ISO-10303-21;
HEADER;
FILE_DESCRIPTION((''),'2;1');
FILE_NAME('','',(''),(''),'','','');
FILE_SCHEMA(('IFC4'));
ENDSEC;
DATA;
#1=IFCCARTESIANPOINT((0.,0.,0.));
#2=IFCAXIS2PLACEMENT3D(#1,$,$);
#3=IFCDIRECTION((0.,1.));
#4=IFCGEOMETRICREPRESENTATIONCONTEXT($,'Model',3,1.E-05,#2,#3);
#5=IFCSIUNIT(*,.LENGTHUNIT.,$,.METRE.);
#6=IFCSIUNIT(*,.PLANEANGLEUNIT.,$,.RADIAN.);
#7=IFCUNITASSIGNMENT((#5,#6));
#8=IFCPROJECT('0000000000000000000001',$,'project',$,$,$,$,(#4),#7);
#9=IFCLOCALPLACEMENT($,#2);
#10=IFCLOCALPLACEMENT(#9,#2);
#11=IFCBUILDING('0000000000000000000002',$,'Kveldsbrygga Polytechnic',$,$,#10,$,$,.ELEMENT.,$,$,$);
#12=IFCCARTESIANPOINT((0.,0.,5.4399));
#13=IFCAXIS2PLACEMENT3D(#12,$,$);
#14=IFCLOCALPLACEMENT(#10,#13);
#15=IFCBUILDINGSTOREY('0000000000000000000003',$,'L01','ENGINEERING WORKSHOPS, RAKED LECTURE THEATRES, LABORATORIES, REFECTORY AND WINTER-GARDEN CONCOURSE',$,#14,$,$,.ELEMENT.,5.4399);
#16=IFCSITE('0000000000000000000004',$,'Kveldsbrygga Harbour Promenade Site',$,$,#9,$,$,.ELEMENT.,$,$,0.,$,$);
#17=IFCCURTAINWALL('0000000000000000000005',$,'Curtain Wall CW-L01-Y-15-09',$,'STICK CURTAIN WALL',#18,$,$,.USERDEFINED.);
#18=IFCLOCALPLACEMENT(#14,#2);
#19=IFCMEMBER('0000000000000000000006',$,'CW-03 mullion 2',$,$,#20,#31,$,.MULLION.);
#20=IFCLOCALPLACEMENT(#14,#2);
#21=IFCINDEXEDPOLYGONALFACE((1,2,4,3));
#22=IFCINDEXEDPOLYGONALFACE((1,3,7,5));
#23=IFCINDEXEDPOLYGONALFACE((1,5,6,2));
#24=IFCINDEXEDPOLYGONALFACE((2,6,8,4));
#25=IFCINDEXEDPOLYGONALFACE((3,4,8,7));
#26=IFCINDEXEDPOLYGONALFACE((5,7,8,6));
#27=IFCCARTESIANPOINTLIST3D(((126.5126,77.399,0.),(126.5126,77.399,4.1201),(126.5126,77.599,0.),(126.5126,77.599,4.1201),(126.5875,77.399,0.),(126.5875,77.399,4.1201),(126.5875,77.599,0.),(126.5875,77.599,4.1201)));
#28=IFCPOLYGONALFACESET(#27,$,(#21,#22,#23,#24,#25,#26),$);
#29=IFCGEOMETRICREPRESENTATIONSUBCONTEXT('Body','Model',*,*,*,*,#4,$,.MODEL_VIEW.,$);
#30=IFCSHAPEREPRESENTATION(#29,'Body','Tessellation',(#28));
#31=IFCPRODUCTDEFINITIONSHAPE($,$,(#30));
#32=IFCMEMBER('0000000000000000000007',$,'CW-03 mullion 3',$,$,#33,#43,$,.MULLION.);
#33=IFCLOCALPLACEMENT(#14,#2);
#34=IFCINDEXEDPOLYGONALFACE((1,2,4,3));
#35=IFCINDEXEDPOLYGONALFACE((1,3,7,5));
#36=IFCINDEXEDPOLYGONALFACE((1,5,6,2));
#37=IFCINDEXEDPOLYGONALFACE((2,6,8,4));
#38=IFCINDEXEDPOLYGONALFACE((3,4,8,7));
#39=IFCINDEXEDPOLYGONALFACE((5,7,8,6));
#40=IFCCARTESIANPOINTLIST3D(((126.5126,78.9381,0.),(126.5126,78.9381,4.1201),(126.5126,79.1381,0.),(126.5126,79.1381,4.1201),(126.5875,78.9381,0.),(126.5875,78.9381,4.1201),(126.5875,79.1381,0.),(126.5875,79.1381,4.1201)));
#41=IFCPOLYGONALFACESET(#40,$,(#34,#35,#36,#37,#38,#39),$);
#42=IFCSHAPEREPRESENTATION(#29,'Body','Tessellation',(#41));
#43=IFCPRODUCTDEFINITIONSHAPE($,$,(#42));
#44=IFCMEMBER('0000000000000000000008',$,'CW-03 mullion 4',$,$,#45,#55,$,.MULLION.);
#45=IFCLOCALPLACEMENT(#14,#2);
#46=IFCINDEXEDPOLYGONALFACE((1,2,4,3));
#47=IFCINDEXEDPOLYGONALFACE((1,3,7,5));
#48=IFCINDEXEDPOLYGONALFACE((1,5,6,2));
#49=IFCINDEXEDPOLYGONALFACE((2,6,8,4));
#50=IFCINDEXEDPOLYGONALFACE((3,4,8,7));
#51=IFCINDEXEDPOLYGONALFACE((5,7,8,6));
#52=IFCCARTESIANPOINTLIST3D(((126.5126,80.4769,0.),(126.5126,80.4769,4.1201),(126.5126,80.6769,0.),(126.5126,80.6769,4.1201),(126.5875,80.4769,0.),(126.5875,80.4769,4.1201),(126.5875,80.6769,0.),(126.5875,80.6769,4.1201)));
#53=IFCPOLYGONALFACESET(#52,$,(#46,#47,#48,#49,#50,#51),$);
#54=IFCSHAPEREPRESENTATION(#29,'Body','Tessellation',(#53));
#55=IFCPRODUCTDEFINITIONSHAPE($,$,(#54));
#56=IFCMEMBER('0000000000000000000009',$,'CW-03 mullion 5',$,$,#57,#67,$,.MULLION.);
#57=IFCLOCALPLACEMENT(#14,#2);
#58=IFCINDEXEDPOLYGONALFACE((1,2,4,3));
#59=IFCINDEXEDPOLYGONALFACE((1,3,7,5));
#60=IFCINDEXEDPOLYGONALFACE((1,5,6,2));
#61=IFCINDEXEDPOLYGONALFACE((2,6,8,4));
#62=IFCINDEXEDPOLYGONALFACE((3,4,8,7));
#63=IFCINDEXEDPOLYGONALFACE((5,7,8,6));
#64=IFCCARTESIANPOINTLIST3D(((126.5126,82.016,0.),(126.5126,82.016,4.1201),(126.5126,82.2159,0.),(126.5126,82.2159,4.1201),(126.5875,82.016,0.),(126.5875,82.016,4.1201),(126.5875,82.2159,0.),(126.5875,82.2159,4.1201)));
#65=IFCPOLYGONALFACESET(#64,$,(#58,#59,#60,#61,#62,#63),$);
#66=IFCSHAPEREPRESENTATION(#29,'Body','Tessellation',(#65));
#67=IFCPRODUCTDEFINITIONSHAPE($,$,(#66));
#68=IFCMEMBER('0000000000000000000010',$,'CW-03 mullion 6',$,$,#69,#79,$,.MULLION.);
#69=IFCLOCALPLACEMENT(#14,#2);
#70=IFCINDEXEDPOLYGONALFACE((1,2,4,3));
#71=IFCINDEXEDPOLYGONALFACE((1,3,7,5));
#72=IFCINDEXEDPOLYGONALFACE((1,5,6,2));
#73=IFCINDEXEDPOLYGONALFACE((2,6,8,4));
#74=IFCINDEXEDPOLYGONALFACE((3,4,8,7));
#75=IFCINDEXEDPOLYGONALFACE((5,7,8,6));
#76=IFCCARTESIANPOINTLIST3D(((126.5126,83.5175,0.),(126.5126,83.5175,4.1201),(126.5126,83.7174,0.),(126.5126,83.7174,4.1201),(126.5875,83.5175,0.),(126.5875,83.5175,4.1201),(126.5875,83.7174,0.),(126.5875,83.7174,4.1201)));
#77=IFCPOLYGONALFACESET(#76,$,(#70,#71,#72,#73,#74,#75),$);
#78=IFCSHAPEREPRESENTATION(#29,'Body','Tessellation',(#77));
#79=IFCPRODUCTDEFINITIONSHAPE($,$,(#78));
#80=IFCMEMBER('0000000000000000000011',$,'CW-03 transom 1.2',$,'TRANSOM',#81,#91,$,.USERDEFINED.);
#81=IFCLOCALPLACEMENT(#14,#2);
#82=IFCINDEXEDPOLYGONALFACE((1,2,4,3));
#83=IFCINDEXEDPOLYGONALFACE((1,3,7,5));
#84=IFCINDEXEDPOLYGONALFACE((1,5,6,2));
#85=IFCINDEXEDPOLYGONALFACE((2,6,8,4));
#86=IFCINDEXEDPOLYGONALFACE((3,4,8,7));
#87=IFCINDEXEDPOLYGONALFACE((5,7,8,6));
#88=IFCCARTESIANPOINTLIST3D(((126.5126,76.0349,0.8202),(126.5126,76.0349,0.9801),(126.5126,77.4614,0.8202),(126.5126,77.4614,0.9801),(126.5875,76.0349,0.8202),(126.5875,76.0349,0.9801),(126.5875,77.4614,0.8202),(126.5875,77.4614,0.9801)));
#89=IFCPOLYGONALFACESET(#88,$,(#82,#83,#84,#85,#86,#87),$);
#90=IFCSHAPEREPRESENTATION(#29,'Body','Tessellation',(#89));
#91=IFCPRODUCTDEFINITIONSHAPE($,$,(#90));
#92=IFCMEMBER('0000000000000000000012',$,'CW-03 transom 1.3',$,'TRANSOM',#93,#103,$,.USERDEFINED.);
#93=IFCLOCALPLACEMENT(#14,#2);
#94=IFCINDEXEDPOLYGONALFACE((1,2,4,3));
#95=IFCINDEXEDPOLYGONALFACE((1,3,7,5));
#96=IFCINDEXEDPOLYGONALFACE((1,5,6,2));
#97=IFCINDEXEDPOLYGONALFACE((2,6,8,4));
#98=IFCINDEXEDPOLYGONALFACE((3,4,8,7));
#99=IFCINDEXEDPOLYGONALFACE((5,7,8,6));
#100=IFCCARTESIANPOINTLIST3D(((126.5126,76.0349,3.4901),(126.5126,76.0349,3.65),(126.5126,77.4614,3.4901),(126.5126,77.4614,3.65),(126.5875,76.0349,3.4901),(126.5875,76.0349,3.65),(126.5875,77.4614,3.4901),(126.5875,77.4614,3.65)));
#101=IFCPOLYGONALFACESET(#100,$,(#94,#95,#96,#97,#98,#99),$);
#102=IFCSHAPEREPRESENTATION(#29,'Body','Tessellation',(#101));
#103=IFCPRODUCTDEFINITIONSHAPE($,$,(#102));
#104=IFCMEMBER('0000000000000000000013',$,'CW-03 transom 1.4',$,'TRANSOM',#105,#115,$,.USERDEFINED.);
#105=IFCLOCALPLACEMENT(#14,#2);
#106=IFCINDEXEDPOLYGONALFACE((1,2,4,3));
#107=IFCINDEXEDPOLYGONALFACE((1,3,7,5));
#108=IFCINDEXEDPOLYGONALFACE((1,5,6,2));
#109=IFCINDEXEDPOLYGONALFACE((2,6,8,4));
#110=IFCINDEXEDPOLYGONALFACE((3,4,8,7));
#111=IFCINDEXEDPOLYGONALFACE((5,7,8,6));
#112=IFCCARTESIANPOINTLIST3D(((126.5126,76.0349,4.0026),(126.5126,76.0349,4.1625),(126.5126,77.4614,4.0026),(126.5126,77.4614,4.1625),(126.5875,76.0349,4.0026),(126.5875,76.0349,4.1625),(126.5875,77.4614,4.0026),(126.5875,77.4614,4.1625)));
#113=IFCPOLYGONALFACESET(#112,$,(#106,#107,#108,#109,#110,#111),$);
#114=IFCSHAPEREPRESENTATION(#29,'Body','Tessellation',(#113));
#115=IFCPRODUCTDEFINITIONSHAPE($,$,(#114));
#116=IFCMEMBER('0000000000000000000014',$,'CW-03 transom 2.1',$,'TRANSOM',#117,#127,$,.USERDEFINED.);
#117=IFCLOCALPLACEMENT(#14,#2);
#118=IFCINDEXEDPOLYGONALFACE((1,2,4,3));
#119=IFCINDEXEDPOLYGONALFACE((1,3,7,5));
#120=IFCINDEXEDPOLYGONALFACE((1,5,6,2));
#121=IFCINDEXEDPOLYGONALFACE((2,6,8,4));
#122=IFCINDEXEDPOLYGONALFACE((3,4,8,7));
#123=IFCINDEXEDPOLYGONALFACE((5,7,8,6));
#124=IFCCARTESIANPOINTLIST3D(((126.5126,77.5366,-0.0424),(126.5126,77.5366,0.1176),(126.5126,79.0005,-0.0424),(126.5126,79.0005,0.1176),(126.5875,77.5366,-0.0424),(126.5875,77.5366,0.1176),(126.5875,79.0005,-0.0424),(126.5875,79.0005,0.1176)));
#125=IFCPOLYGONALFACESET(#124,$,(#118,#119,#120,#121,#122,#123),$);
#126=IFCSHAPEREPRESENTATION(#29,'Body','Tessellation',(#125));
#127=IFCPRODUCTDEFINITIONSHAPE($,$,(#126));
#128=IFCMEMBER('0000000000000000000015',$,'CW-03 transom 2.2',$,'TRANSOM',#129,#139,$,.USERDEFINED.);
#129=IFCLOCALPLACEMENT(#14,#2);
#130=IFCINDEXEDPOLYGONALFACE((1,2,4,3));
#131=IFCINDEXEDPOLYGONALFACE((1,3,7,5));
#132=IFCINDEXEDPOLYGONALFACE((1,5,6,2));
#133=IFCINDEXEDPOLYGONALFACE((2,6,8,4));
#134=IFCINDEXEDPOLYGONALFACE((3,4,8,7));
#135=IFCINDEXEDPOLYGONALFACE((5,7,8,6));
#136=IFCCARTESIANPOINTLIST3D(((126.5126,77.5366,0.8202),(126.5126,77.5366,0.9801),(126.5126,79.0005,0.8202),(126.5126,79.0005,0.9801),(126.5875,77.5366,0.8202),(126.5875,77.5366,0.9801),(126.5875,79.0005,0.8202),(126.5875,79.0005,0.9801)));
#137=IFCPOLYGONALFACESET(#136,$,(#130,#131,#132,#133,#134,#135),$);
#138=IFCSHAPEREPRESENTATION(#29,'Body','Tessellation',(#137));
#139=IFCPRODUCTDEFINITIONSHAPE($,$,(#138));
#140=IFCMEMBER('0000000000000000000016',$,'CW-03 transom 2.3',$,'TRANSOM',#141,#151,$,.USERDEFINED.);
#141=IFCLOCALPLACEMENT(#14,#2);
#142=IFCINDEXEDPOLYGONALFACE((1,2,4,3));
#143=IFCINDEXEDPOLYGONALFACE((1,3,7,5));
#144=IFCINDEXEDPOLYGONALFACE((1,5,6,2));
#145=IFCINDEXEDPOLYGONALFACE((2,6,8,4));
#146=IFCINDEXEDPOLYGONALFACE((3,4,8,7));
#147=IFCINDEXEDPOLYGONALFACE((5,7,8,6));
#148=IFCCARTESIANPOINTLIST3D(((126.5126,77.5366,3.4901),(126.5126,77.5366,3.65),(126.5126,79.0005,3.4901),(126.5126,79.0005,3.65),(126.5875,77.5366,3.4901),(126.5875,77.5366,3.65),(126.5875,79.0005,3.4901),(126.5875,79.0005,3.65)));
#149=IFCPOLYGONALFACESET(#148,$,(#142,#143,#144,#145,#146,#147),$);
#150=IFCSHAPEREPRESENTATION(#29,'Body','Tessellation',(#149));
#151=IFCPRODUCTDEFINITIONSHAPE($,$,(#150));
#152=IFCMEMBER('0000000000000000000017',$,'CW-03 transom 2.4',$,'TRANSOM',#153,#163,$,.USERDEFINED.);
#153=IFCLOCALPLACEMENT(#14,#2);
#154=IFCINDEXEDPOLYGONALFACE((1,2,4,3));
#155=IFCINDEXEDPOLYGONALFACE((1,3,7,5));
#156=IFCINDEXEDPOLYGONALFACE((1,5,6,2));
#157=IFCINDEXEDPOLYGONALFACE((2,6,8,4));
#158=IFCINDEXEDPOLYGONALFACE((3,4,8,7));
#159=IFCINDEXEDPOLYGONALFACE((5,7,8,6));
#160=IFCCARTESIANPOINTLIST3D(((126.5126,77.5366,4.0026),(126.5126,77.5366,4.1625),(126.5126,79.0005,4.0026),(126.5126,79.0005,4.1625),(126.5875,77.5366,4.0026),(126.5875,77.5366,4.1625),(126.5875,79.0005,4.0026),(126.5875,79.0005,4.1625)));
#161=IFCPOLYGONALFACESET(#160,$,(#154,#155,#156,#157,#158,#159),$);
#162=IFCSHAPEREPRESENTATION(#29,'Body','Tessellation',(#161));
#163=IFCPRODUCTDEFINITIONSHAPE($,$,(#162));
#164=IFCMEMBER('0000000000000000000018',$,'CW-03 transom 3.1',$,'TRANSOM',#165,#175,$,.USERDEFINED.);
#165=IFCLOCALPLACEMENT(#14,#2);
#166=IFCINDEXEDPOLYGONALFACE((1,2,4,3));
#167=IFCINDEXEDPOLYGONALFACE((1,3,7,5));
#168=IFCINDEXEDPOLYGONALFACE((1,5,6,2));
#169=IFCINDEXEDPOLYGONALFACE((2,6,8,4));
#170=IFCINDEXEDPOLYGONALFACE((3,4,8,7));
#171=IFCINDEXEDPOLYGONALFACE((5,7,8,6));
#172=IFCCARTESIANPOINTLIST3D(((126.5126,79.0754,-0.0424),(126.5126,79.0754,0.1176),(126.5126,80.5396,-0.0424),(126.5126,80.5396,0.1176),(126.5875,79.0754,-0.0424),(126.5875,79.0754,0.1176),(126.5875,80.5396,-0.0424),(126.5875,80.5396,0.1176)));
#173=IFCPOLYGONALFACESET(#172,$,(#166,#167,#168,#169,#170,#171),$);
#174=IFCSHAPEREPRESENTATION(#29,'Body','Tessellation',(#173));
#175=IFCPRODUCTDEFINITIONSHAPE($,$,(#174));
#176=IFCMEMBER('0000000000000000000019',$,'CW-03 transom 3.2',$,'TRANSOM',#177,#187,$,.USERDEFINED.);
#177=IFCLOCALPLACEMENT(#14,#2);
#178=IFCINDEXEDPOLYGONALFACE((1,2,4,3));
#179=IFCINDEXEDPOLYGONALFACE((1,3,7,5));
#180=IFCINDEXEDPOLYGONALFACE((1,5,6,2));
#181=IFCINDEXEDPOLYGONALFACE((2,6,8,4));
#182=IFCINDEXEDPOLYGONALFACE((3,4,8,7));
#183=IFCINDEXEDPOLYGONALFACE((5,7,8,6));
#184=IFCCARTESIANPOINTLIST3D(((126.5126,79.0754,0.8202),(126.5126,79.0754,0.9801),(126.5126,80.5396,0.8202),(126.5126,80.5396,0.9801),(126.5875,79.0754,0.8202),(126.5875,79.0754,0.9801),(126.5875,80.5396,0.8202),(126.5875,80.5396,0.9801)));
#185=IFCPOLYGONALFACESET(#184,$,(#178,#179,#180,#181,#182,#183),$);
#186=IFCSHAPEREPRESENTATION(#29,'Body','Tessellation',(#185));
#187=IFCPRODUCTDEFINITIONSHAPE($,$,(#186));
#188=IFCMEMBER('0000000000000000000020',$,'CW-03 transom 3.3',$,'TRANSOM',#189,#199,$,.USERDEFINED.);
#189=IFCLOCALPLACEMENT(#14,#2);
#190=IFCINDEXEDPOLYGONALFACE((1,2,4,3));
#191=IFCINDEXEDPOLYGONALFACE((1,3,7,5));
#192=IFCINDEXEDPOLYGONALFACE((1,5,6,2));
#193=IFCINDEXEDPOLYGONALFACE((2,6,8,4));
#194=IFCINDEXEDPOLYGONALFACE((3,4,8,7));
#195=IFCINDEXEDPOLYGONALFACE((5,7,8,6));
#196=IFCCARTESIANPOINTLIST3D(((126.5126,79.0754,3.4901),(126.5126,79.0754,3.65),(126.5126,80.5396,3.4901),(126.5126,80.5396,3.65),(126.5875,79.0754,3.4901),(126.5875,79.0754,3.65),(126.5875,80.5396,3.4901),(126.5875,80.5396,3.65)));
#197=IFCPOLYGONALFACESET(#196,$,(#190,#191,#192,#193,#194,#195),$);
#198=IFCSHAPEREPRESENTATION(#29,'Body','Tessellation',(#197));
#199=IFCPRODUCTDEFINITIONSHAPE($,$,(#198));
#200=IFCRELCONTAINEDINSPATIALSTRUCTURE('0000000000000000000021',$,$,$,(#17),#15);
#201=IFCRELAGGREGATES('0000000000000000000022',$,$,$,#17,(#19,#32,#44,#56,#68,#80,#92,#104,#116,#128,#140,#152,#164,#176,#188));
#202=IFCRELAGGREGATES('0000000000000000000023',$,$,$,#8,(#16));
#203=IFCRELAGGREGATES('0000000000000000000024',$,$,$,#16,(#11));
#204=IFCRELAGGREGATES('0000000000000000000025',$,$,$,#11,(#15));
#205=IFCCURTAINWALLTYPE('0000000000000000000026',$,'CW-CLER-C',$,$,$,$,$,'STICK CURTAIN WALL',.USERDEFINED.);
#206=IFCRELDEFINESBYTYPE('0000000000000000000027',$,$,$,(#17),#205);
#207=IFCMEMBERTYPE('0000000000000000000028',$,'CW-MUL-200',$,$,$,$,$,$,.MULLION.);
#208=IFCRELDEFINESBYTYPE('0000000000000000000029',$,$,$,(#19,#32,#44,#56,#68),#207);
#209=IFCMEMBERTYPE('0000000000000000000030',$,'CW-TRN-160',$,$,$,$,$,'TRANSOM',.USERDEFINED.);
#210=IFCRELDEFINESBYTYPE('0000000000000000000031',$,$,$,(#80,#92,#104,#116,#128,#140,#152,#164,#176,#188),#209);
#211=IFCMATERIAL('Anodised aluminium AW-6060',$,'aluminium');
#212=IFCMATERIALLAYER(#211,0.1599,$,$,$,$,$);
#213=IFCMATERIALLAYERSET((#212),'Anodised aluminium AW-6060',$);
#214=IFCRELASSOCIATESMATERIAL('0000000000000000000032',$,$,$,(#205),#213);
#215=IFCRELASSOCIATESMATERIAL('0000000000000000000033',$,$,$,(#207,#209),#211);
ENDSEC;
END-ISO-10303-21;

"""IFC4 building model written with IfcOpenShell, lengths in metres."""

from ifc_helpers import new_model, si_unit, direction, frame, origin, origin_2d, place, context, subcontext, project, spatial, rectangle, extrude, material, layer, layer_set, material_profile, profile_set, type_object, element, aggregate, save


model = new_model("IFC4")

# Units and contexts
model_context = context("Model", 3, precision=1e-05, world=origin(), true_north=direction((0.0, 1.0)))
body_context = subcontext(model_context, "Body", "Model", "MODEL_VIEW")
ifc_project = project(units=[si_unit("LENGTHUNIT", "METRE"), si_unit("PLANEANGLEUNIT", "RADIAN")], contexts=[model_context])

# Site, building, storey
site_placement = place(None, origin())
site = spatial("IfcSite", under=ifc_project, at=site_placement, Name="Kveldsbrygga Harbour Promenade Site", CompositionType="ELEMENT", RefElevation=0.0)
building_placement = place(site_placement, origin())
building = spatial("IfcBuilding", under=site, at=building_placement, Name="Kveldsbrygga Polytechnic", CompositionType="ELEMENT")
storey_placement = place(building_placement, frame((0.0, 0.0, 5.4399)))
storey = spatial("IfcBuildingStorey", under=building, at=storey_placement, Name="L01", Description="ENGINEERING WORKSHOPS, RAKED LECTURE THEATRES, LABORATORIES, REFECTORY AND WINTER-GARDEN CONCOURSE", CompositionType="ELEMENT", Elevation=5.4399)

# Curtain wall, members
ifc_material_1 = material(Name="Anodised aluminium AW-6060", Category="aluminium")
ifc_layer_1 = layer(ifc_material_1, 0.1599)
ifc_layer_set_1 = layer_set([ifc_layer_1], Name="Anodised aluminium AW-6060")
curtain_wall_type = type_object("IfcCurtainWallType", Name="CW-CLER-C", ElementType="STICK CURTAIN WALL", PredefinedType="USERDEFINED", material=ifc_layer_set_1)
curtain_wall_placement = place(storey_placement, origin())
curtain_wall = element("IfcCurtainWall", 1, at=curtain_wall_placement, inside=storey, type_object=curtain_wall_type, Name="Curtain Wall CW-L01-Y-15-09", ObjectType="STICK CURTAIN WALL", PredefinedType="USERDEFINED")
ifc_material_profile_1 = material_profile(ifc_material_1, rectangle(XDim=0.075, YDim=0.2, at=origin_2d()), Name="ALU 75x200")
ifc_profile_set_1 = profile_set([ifc_material_profile_1], Name="Anodised aluminium AW-6060")
member_type_1 = type_object("IfcMemberType", Name="CW-MUL-200", PredefinedType="MULLION", material=ifc_profile_set_1)
member_1_placement = place(storey_placement, frame((126.55, 77.499, 0.0), z_axis=(0.0, 0.0, 1.0), x_axis=(-1.0, 0.0, 0.0)))
member_1 = element("IfcMember", 2, at=member_1_placement, type_object=member_type_1, Name="CW-03 mullion 2", PredefinedType="MULLION", context=body_context, shape_type="SweptSolid", body=[
    extrude(rectangle(XDim=0.075, YDim=0.2, at=origin_2d()), origin(), (0.0, 0.0, 1.0), 4.1201),
])
member_2_placement = place(storey_placement, frame((126.55, 79.0381, 0.0), z_axis=(0.0, 0.0, 1.0), x_axis=(-1.0, 0.0, 0.0)))
member_2 = element("IfcMember", 3, at=member_2_placement, type_object=member_type_1, Name="CW-03 mullion 3", PredefinedType="MULLION", context=body_context, shape_type="SweptSolid", body=[
    extrude(rectangle(XDim=0.075, YDim=0.2, at=origin_2d()), origin(), (0.0, 0.0, 1.0), 4.1201),
])
member_3_placement = place(storey_placement, frame((126.55, 80.5769, 0.0), z_axis=(0.0, 0.0, 1.0), x_axis=(-1.0, 0.0, 0.0)))
member_3 = element("IfcMember", 4, at=member_3_placement, type_object=member_type_1, Name="CW-03 mullion 4", PredefinedType="MULLION", context=body_context, shape_type="SweptSolid", body=[
    extrude(rectangle(XDim=0.075, YDim=0.2, at=origin_2d()), origin(), (0.0, 0.0, 1.0), 4.1201),
])
member_4_placement = place(storey_placement, frame((126.55, 82.116, 0.0), z_axis=(0.0, 0.0, 1.0), x_axis=(-1.0, 0.0, 0.0)))
member_4 = element("IfcMember", 5, at=member_4_placement, type_object=member_type_1, Name="CW-03 mullion 5", PredefinedType="MULLION", context=body_context, shape_type="SweptSolid", body=[
    extrude(rectangle(XDim=0.075, YDim=0.2, at=origin_2d()), origin(), (0.0, 0.0, 1.0), 4.1201),
])
member_5_placement = place(storey_placement, frame((126.55, 83.6174, 0.0), z_axis=(0.0, 0.0, 1.0), x_axis=(-1.0, 0.0, 0.0)))
member_5 = element("IfcMember", 6, at=member_5_placement, type_object=member_type_1, Name="CW-03 mullion 6", PredefinedType="MULLION", context=body_context, shape_type="SweptSolid", body=[
    extrude(rectangle(XDim=0.075, YDim=0.2, at=origin_2d()), origin(), (0.0, 0.0, 1.0), 4.1201),
])
ifc_material_profile_2 = material_profile(ifc_material_1, rectangle(XDim=0.075, YDim=0.1599, at=origin_2d()), Name="ALU 75x160")
ifc_profile_set_2 = profile_set([ifc_material_profile_2], Name="Anodised aluminium AW-6060")
member_type_2 = type_object("IfcMemberType", Name="CW-TRN-160", ElementType="TRANSOM", PredefinedType="USERDEFINED", material=ifc_profile_set_2)
member_6_placement = place(storey_placement, frame((126.55, 76.0349, 0.9001), z_axis=(0.0, 1.0, 0.0), x_axis=(-1.0, 0.0, 0.0)))
member_6 = element("IfcMember", 7, at=member_6_placement, type_object=member_type_2, Name="CW-03 transom 1.2", ObjectType="TRANSOM", PredefinedType="USERDEFINED", context=body_context, shape_type="SweptSolid", body=[
    extrude(rectangle(XDim=0.075, YDim=0.1599, at=origin_2d()), origin(), (0.0, 0.0, 1.0), 1.4265),
])
member_7_placement = place(storey_placement, frame((126.55, 76.0349, 3.5701), z_axis=(0.0, 1.0, 0.0), x_axis=(-1.0, 0.0, 0.0)))
member_7 = element("IfcMember", 8, at=member_7_placement, type_object=member_type_2, Name="CW-03 transom 1.3", ObjectType="TRANSOM", PredefinedType="USERDEFINED", context=body_context, shape_type="SweptSolid", body=[
    extrude(rectangle(XDim=0.075, YDim=0.1599, at=origin_2d()), origin(), (0.0, 0.0, 1.0), 1.4265),
])
member_8_placement = place(storey_placement, frame((126.55, 76.0349, 4.0825), z_axis=(0.0, 1.0, 0.0), x_axis=(-1.0, 0.0, 0.0)))
member_8 = element("IfcMember", 9, at=member_8_placement, type_object=member_type_2, Name="CW-03 transom 1.4", ObjectType="TRANSOM", PredefinedType="USERDEFINED", context=body_context, shape_type="SweptSolid", body=[
    extrude(rectangle(XDim=0.075, YDim=0.1599, at=origin_2d()), origin(), (0.0, 0.0, 1.0), 1.4265),
])
member_9_placement = place(storey_placement, frame((126.55, 77.5366, 0.0376), z_axis=(0.0, 1.0, 0.0), x_axis=(-1.0, 0.0, 0.0)))
member_9 = element("IfcMember", 10, at=member_9_placement, type_object=member_type_2, Name="CW-03 transom 2.1", ObjectType="TRANSOM", PredefinedType="USERDEFINED", context=body_context, shape_type="SweptSolid", body=[
    extrude(rectangle(XDim=0.075, YDim=0.1599, at=origin_2d()), origin(), (0.0, 0.0, 1.0), 1.4639),
])
member_10_placement = place(storey_placement, frame((126.55, 77.5366, 0.9001), z_axis=(0.0, 1.0, 0.0), x_axis=(-1.0, 0.0, 0.0)))
member_10 = element("IfcMember", 11, at=member_10_placement, type_object=member_type_2, Name="CW-03 transom 2.2", ObjectType="TRANSOM", PredefinedType="USERDEFINED", context=body_context, shape_type="SweptSolid", body=[
    extrude(rectangle(XDim=0.075, YDim=0.1599, at=origin_2d()), origin(), (0.0, 0.0, 1.0), 1.4639),
])
member_11_placement = place(storey_placement, frame((126.55, 77.5366, 3.5701), z_axis=(0.0, 1.0, 0.0), x_axis=(-1.0, 0.0, 0.0)))
member_11 = element("IfcMember", 12, at=member_11_placement, type_object=member_type_2, Name="CW-03 transom 2.3", ObjectType="TRANSOM", PredefinedType="USERDEFINED", context=body_context, shape_type="SweptSolid", body=[
    extrude(rectangle(XDim=0.075, YDim=0.1599, at=origin_2d()), origin(), (0.0, 0.0, 1.0), 1.4639),
])
member_12_placement = place(storey_placement, frame((126.55, 77.5366, 4.0825), z_axis=(0.0, 1.0, 0.0), x_axis=(-1.0, 0.0, 0.0)))
member_12 = element("IfcMember", 13, at=member_12_placement, type_object=member_type_2, Name="CW-03 transom 2.4", ObjectType="TRANSOM", PredefinedType="USERDEFINED", context=body_context, shape_type="SweptSolid", body=[
    extrude(rectangle(XDim=0.075, YDim=0.1599, at=origin_2d()), origin(), (0.0, 0.0, 1.0), 1.4639),
])
member_13_placement = place(storey_placement, frame((126.55, 79.0754, 0.0376), z_axis=(0.0, 1.0, 0.0), x_axis=(-1.0, 0.0, 0.0)))
member_13 = element("IfcMember", 14, at=member_13_placement, type_object=member_type_2, Name="CW-03 transom 3.1", ObjectType="TRANSOM", PredefinedType="USERDEFINED", context=body_context, shape_type="SweptSolid", body=[
    extrude(rectangle(XDim=0.075, YDim=0.1599, at=origin_2d()), origin(), (0.0, 0.0, 1.0), 1.4641),
])
member_14_placement = place(storey_placement, frame((126.55, 79.0754, 0.9001), z_axis=(0.0, 1.0, 0.0), x_axis=(-1.0, 0.0, 0.0)))
member_14 = element("IfcMember", 15, at=member_14_placement, type_object=member_type_2, Name="CW-03 transom 3.2", ObjectType="TRANSOM", PredefinedType="USERDEFINED", context=body_context, shape_type="SweptSolid", body=[
    extrude(rectangle(XDim=0.075, YDim=0.1599, at=origin_2d()), origin(), (0.0, 0.0, 1.0), 1.4641),
])
member_15_placement = place(storey_placement, frame((126.55, 79.0754, 3.5701), z_axis=(0.0, 1.0, 0.0), x_axis=(-1.0, 0.0, 0.0)))
member_15 = element("IfcMember", 16, at=member_15_placement, type_object=member_type_2, Name="CW-03 transom 3.3", ObjectType="TRANSOM", PredefinedType="USERDEFINED", context=body_context, shape_type="SweptSolid", body=[
    extrude(rectangle(XDim=0.075, YDim=0.1599, at=origin_2d()), origin(), (0.0, 0.0, 1.0), 1.4641),
])
aggregate(curtain_wall, [member_1, member_2, member_3, member_4, member_5, member_6, member_7, member_8, member_9, member_10, member_11, member_12, member_13, member_14, member_15])

save(model, "model.ifc")
